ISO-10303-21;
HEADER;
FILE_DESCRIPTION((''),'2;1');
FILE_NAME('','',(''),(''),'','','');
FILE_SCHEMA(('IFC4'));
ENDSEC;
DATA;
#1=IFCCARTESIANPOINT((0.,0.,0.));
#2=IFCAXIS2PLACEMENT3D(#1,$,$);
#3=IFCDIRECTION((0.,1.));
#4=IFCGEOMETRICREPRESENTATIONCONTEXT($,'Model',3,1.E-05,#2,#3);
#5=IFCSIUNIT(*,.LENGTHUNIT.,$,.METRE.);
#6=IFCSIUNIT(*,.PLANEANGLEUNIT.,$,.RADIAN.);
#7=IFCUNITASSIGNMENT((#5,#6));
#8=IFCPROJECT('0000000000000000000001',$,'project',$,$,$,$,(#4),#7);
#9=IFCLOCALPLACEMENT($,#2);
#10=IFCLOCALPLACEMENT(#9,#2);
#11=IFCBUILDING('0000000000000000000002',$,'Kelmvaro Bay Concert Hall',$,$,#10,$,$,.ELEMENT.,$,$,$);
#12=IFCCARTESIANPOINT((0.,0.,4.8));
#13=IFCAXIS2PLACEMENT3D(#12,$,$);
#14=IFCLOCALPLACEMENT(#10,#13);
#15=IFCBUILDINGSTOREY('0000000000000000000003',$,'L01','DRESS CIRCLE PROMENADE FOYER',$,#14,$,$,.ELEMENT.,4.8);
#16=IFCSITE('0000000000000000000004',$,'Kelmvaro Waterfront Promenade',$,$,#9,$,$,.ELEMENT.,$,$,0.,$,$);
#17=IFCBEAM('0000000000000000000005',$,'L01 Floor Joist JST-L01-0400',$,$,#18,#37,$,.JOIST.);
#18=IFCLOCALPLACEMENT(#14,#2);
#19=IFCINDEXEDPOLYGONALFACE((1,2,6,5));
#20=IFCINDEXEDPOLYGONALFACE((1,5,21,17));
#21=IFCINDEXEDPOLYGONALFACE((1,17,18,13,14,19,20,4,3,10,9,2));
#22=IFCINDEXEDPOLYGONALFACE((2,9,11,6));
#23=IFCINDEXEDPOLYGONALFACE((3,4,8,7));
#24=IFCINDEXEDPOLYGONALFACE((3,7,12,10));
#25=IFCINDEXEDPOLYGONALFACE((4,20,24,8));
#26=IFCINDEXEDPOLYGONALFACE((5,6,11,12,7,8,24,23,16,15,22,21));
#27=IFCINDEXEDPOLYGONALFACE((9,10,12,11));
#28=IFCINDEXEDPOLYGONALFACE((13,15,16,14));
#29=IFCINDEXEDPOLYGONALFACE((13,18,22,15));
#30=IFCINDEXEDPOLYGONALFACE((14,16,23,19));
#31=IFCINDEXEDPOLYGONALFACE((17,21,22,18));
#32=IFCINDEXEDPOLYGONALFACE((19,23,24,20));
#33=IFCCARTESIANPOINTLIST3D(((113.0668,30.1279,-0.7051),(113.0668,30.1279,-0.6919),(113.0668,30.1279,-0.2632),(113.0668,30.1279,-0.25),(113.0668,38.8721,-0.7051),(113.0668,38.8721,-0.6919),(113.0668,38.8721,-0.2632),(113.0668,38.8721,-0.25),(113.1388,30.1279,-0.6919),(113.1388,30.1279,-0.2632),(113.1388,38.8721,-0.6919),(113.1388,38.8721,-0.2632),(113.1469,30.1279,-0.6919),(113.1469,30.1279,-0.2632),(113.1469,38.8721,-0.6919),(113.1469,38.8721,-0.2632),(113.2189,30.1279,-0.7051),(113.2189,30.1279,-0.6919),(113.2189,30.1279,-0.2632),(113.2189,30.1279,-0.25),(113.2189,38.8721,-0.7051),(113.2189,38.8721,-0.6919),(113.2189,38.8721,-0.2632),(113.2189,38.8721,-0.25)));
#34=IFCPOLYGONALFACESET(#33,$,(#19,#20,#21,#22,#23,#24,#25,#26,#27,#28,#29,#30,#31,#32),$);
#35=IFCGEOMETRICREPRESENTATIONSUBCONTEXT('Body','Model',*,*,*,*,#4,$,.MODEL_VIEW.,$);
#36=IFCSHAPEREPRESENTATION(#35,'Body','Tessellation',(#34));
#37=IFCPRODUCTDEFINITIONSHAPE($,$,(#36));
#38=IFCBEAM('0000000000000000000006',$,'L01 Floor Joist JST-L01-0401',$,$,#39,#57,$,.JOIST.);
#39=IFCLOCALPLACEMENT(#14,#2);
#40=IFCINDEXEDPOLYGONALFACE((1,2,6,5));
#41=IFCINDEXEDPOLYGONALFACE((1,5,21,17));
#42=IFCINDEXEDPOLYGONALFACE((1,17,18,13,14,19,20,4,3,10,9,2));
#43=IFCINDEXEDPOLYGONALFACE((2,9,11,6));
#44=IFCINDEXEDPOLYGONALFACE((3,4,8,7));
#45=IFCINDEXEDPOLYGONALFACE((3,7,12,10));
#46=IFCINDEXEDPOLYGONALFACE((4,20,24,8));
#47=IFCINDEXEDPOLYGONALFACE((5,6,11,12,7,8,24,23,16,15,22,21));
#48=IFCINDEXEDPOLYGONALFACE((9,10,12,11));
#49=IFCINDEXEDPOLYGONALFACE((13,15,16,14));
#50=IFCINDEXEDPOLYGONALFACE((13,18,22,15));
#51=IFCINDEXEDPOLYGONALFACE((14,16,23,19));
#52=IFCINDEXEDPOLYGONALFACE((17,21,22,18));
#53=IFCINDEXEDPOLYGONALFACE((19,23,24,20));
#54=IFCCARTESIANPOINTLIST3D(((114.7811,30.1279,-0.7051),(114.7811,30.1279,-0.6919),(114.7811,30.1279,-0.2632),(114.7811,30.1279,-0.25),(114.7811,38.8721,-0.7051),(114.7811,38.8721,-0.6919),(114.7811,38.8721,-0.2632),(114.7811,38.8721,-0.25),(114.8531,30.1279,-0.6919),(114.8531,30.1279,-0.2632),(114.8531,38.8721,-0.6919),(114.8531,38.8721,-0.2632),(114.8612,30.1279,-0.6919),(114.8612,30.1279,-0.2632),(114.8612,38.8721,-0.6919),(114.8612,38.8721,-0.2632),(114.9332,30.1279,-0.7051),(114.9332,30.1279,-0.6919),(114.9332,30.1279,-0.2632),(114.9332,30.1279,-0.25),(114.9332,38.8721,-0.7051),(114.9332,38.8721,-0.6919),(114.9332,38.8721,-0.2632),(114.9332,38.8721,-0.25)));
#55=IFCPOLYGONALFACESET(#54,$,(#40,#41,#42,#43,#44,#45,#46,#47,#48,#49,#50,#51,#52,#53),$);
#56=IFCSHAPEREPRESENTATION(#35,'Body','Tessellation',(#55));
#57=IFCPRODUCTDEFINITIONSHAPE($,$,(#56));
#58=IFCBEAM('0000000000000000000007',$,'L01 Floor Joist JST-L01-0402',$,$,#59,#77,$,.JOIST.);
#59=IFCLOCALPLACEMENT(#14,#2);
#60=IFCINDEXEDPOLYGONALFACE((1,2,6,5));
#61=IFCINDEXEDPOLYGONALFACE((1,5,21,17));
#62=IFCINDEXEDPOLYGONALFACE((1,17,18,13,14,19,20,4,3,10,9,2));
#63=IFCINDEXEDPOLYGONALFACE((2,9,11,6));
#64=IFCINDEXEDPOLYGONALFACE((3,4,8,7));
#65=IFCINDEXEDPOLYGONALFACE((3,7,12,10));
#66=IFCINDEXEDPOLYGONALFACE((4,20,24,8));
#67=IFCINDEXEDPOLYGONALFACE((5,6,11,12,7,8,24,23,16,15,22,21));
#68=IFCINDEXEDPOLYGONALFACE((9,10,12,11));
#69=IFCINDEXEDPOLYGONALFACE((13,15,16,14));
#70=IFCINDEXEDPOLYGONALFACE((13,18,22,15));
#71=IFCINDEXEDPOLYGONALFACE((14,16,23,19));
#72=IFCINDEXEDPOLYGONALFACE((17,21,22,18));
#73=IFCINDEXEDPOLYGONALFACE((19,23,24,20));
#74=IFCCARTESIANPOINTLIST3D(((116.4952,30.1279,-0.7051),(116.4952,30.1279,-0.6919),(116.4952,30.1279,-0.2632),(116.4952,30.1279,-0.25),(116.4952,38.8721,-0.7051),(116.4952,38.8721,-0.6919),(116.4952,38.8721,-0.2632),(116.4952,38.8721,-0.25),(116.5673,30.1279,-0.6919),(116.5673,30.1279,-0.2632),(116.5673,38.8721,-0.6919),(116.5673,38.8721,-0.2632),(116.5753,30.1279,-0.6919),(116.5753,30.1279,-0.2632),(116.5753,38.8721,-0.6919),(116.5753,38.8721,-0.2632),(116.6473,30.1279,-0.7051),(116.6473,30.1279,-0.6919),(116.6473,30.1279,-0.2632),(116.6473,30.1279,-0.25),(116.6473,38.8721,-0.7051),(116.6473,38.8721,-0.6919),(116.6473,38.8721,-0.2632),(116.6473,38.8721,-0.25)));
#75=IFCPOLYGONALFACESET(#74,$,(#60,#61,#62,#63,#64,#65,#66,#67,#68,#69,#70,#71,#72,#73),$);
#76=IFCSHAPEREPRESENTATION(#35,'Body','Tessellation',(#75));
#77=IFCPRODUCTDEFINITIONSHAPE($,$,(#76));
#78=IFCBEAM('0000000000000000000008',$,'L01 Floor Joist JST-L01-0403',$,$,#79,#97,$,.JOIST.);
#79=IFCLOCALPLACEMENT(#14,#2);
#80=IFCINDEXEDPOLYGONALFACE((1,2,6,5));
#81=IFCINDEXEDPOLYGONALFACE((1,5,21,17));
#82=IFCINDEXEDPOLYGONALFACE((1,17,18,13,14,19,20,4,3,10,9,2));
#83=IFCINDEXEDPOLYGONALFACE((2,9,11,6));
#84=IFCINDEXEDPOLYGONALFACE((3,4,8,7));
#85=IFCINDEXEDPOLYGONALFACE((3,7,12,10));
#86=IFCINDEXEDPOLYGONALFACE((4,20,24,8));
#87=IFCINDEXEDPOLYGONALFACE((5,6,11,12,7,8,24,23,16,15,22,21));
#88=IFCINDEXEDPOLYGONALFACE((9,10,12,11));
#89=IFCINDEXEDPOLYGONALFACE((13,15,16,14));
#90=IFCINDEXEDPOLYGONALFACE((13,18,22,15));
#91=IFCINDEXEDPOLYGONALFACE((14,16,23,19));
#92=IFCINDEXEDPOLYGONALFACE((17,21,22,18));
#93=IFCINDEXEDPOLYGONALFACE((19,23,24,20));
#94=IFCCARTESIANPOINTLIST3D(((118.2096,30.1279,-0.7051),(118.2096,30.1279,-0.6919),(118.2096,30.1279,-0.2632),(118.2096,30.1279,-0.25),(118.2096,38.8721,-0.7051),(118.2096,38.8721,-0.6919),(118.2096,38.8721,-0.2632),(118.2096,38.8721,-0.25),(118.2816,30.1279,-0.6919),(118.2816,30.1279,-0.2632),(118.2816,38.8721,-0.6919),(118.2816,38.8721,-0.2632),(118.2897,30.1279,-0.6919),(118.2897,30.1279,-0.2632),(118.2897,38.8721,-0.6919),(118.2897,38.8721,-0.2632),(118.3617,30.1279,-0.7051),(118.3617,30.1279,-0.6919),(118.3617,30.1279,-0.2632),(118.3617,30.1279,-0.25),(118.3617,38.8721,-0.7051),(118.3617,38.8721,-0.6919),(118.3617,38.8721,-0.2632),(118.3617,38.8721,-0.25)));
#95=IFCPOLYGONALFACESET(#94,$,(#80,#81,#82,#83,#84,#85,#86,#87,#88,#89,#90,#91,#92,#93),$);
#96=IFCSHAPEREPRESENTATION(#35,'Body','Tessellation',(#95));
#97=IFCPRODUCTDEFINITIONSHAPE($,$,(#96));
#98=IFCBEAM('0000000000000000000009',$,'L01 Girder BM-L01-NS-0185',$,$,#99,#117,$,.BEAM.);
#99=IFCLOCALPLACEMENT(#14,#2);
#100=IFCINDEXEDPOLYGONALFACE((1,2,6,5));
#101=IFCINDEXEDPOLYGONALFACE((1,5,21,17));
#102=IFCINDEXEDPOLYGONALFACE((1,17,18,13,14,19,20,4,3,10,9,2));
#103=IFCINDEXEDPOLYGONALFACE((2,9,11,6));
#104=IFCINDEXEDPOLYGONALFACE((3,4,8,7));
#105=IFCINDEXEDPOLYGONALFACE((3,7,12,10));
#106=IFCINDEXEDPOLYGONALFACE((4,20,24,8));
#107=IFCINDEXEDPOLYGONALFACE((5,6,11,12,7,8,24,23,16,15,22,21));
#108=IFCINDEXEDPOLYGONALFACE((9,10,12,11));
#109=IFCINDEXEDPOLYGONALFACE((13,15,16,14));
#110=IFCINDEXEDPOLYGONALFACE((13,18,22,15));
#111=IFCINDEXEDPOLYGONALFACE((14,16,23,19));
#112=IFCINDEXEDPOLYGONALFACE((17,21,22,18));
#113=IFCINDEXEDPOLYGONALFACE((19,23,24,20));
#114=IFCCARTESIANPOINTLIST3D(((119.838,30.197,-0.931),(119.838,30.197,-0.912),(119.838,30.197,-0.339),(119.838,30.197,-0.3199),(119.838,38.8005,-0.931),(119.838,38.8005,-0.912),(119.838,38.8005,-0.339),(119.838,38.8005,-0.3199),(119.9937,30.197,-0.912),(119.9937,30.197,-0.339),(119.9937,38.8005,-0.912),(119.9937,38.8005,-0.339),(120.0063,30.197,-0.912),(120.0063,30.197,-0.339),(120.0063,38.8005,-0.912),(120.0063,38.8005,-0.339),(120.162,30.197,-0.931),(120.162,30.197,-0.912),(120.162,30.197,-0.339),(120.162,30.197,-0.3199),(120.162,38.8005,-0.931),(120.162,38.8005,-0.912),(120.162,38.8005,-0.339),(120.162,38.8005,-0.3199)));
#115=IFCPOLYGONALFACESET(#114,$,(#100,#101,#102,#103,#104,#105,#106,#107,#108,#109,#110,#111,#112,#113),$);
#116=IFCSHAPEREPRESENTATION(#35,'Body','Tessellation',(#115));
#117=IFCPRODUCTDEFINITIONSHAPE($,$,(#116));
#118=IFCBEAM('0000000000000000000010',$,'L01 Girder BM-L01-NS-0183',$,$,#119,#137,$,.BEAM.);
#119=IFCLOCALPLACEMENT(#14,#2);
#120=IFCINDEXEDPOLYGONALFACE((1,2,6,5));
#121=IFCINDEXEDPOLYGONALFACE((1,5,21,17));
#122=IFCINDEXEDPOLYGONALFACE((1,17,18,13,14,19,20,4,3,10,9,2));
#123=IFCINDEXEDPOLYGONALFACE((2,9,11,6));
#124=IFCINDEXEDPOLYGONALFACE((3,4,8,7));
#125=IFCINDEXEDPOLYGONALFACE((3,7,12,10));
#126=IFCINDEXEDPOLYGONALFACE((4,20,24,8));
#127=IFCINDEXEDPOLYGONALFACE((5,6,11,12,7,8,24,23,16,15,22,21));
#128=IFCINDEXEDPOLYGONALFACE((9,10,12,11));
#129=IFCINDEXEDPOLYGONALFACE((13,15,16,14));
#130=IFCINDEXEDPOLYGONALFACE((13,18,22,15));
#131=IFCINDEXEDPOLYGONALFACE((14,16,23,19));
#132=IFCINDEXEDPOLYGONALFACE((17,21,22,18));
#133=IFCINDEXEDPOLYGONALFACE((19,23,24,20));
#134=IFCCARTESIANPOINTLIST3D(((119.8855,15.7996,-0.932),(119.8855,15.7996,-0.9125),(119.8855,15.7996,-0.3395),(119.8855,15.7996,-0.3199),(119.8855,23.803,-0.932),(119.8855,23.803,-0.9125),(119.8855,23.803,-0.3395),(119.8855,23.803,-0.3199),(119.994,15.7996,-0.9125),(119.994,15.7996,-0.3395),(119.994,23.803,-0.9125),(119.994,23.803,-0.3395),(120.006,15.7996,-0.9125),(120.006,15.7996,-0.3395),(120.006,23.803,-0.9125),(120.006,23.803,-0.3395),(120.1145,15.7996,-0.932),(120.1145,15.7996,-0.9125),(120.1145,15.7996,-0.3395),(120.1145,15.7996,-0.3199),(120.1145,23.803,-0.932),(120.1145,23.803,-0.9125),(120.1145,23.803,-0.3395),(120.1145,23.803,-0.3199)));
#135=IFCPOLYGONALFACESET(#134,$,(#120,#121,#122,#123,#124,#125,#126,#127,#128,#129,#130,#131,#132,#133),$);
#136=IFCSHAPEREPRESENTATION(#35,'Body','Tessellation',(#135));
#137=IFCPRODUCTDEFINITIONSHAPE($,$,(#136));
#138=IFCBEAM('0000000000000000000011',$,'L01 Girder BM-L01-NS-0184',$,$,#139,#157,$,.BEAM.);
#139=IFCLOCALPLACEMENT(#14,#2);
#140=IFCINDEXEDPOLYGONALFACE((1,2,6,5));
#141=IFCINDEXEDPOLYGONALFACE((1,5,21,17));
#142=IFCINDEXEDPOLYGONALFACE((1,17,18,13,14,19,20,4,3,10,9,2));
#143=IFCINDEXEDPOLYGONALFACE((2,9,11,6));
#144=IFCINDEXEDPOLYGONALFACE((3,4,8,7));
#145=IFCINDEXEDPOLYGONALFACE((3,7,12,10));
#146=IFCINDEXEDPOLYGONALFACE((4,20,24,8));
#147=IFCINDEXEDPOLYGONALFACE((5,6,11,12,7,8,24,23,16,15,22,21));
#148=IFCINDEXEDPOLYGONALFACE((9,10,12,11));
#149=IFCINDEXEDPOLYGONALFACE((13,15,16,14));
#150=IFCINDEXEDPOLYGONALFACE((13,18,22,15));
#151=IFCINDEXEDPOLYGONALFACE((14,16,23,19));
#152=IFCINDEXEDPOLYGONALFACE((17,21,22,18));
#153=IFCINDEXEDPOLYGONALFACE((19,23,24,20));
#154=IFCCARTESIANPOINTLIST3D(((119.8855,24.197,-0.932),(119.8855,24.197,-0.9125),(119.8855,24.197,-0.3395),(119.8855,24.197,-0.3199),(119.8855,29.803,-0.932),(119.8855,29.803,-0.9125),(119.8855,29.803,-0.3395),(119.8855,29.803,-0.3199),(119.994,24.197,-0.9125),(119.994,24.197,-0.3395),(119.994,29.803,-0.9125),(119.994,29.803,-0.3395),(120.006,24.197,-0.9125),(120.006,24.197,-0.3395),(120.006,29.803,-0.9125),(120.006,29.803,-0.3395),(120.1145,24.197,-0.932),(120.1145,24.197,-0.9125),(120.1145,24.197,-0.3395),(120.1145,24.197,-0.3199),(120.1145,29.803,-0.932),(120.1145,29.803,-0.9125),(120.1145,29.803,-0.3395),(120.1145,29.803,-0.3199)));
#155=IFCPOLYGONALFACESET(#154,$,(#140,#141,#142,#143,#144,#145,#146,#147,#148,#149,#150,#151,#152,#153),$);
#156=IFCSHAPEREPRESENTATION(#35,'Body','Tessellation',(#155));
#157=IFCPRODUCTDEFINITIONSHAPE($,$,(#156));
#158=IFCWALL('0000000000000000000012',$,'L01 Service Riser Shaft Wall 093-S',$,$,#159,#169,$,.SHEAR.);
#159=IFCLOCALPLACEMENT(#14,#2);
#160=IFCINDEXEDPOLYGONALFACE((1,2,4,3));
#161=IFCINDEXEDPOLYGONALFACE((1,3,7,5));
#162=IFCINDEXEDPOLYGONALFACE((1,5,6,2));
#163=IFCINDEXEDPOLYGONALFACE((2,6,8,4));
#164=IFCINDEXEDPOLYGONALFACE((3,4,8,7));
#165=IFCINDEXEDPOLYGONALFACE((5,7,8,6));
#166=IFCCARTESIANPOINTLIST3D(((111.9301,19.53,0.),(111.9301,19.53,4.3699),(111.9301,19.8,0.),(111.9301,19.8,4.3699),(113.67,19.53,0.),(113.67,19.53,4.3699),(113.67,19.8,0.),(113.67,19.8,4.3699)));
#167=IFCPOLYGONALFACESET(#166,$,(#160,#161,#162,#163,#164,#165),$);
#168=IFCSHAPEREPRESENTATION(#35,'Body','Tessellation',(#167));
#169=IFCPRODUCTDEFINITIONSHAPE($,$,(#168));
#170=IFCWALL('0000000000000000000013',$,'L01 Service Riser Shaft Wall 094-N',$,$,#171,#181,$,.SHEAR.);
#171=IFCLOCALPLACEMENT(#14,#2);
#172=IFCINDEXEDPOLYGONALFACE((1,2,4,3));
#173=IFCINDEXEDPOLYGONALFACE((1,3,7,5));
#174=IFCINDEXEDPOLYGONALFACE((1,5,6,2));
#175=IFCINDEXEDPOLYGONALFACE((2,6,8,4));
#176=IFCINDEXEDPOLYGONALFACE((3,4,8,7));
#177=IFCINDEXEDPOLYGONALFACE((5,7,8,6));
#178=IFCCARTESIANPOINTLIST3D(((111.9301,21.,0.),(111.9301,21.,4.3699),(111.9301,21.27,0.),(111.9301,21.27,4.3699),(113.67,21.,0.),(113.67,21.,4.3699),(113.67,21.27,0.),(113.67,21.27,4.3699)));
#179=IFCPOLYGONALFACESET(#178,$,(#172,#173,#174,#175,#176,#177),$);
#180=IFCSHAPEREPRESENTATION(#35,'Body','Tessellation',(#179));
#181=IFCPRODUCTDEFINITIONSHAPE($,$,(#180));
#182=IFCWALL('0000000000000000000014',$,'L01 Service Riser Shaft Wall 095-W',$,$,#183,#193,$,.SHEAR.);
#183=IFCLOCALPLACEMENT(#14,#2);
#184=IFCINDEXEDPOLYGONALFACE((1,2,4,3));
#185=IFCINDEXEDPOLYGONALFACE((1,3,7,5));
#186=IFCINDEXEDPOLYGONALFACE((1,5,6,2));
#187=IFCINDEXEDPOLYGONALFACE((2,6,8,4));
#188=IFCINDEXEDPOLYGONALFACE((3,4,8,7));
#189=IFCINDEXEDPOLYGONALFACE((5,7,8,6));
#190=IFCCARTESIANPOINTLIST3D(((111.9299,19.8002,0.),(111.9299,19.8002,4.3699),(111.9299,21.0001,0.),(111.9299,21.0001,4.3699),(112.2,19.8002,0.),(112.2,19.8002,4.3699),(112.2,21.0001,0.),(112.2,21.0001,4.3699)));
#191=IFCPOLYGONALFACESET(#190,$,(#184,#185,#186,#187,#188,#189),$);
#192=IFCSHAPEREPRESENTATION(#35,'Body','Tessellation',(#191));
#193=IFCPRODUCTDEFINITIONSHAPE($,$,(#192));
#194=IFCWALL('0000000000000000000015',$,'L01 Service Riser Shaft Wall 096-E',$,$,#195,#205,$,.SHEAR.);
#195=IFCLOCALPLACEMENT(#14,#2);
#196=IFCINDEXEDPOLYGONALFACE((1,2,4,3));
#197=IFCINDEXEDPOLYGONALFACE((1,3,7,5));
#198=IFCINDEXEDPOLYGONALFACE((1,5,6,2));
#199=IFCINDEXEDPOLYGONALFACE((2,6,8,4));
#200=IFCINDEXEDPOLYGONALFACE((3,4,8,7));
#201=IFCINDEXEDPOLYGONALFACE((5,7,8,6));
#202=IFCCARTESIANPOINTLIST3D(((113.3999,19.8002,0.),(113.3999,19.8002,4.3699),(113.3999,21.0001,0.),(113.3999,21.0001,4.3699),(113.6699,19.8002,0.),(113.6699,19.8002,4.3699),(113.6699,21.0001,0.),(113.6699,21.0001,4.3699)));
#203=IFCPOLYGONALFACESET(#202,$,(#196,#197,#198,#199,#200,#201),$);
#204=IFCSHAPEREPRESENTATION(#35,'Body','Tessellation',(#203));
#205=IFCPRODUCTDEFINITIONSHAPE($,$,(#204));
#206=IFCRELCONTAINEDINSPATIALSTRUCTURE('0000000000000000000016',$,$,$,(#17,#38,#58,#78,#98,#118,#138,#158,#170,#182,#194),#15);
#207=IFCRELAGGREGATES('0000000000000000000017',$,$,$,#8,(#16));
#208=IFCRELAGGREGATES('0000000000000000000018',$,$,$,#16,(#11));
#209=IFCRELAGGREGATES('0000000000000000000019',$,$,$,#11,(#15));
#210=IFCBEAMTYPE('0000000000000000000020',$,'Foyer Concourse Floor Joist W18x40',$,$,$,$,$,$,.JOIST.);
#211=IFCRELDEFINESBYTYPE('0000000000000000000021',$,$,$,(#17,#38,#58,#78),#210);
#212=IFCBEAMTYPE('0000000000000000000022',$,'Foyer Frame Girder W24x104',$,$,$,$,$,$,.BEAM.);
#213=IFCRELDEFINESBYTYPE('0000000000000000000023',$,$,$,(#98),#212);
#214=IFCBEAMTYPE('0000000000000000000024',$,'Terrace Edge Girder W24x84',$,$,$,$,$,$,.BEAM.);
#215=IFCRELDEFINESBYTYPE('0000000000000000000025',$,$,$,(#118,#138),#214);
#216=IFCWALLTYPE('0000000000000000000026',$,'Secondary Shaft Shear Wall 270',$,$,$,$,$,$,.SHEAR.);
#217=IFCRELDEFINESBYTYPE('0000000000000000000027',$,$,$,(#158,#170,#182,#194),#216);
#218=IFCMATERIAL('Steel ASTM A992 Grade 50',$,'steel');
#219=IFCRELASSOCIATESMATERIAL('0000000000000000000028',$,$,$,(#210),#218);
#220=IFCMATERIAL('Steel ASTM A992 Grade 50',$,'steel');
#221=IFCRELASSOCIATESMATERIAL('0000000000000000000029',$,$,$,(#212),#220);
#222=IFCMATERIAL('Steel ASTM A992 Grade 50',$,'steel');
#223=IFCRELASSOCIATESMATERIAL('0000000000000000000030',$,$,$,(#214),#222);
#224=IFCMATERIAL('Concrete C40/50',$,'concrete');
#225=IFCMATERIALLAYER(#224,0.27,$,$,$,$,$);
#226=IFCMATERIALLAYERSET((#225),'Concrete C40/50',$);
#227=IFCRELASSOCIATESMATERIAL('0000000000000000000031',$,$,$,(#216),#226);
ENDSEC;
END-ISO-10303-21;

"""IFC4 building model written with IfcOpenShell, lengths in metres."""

from ifc_helpers import new_model, si_unit, direction, frame, frame_2d, origin, origin_2d, place, context, subcontext, project, spatial, rectangle, i_section, extrude, material, layer, layer_set, material_profile, profile_set, type_object, element, save


model = new_model("IFC4")

# Units and contexts
model_context = context("Model", 3, precision=1e-05, world=origin(), true_north=direction((0.0, 1.0)))
body_context = subcontext(model_context, "Body", "Model", "MODEL_VIEW")
ifc_project = project(units=[si_unit("LENGTHUNIT", "METRE"), si_unit("PLANEANGLEUNIT", "RADIAN")], contexts=[model_context])

# Site, building, storey
site_placement = place(None, origin())
site = spatial("IfcSite", under=ifc_project, at=site_placement, Name="Kelmvaro Waterfront Promenade", CompositionType="ELEMENT", RefElevation=0.0)
building_placement = place(site_placement, origin())
building = spatial("IfcBuilding", under=site, at=building_placement, Name="Kelmvaro Bay Concert Hall", CompositionType="ELEMENT")
storey_placement = place(building_placement, frame((0.0, 0.0, 4.8)))
storey = spatial("IfcBuildingStorey", under=building, at=storey_placement, Name="L01", Description="DRESS CIRCLE PROMENADE FOYER", CompositionType="ELEMENT", Elevation=4.8)

# Beams
ifc_material_1 = material(Name="Steel ASTM A992 Grade 50", Category="steel")
ifc_material_profile_1 = material_profile(ifc_material_1, i_section(OverallWidth=0.1521, OverallDepth=0.4551, WebThickness=0.0081, FlangeThickness=0.0132, at=origin_2d()), Name="W18X40")
ifc_profile_set_1 = profile_set([ifc_material_profile_1], Name="Steel ASTM A992 Grade 50")
beam_type_1 = type_object("IfcBeamType", Name="Foyer Concourse Floor Joist W18x40", PredefinedType="JOIST", material=ifc_profile_set_1)
for number, where, z_axis, x_axis, name in (
    (1, (113.1428, 30.1279, -0.4775), (0.0, 1.0, 0.0), (-1.0, 0.0, 0.0), "L01 Floor Joist JST-L01-0400"),
    (2, (114.8572, 30.1279, -0.4775), (0.0, 1.0, 0.0), (-1.0, 0.0, 0.0), "L01 Floor Joist JST-L01-0401"),
    (3, (116.5713, 30.1279, -0.4775), (0.0, 1.0, 0.0), (-1.0, 0.0, 0.0), "L01 Floor Joist JST-L01-0402"),
    (4, (118.2856, 30.1279, -0.4775), (0.0, 1.0, 0.0), (-1.0, 0.0, 0.0), "L01 Floor Joist JST-L01-0403"),
):
    element("IfcBeam", number, at=place(storey_placement, frame(where, z_axis=z_axis, x_axis=x_axis)), inside=storey, type_object=beam_type_1, Name=name, PredefinedType="JOIST", context=body_context, shape_type="SweptSolid", body=[
        extrude(i_section(OverallWidth=0.1521, OverallDepth=0.4551, WebThickness=0.0081, FlangeThickness=0.0132, at=origin_2d()), origin(), (0.0, 0.0, 1.0), 8.7441),
    ])
ifc_material_2 = material(Name="Steel ASTM A992 Grade 50", Category="steel")
ifc_material_profile_2 = material_profile(ifc_material_2, i_section(OverallWidth=0.324, OverallDepth=0.6111, WebThickness=0.0127, FlangeThickness=0.019, at=origin_2d()), Name="W24X104")
ifc_profile_set_2 = profile_set([ifc_material_profile_2], Name="Steel ASTM A992 Grade 50")
beam_type_2 = type_object("IfcBeamType", Name="Foyer Frame Girder W24x104", PredefinedType="BEAM", material=ifc_profile_set_2)
beam_1_placement = place(storey_placement, frame((120.0, 30.197, -0.6255), z_axis=(0.0, 1.0, 0.0), x_axis=(-1.0, 0.0, 0.0)))
element("IfcBeam", 5, at=beam_1_placement, inside=storey, type_object=beam_type_2, Name="L01 Girder BM-L01-NS-0185", PredefinedType="BEAM", context=body_context, shape_type="SweptSolid", body=[
    extrude(i_section(OverallWidth=0.324, OverallDepth=0.6111, WebThickness=0.0127, FlangeThickness=0.019, at=origin_2d()), origin(), (0.0, 0.0, 1.0), 8.6035),
])
ifc_material_3 = material(Name="Steel ASTM A992 Grade 50", Category="steel")
ifc_material_profile_3 = material_profile(ifc_material_3, i_section(OverallWidth=0.229, OverallDepth=0.6121, WebThickness=0.012, FlangeThickness=0.0195, at=origin_2d()), Name="W24X84")
ifc_profile_set_3 = profile_set([ifc_material_profile_3], Name="Steel ASTM A992 Grade 50")
beam_type_3 = type_object("IfcBeamType", Name="Terrace Edge Girder W24x84", PredefinedType="BEAM", material=ifc_profile_set_3)
beam_2_placement = place(storey_placement, frame((120.0, 15.7996, -0.626), z_axis=(0.0, 1.0, 0.0), x_axis=(-1.0, 0.0, 0.0)))
element("IfcBeam", 6, at=beam_2_placement, inside=storey, type_object=beam_type_3, Name="L01 Girder BM-L01-NS-0183", PredefinedType="BEAM", context=body_context, shape_type="SweptSolid", body=[
    extrude(i_section(OverallWidth=0.229, OverallDepth=0.6121, WebThickness=0.012, FlangeThickness=0.0195, at=origin_2d()), origin(), (0.0, 0.0, 1.0), 8.0034),
])
beam_3_placement = place(storey_placement, frame((120.0, 24.197, -0.626), z_axis=(0.0, 1.0, 0.0), x_axis=(-1.0, 0.0, 0.0)))
element("IfcBeam", 7, at=beam_3_placement, inside=storey, type_object=beam_type_3, Name="L01 Girder BM-L01-NS-0184", PredefinedType="BEAM", context=body_context, shape_type="SweptSolid", body=[
    extrude(i_section(OverallWidth=0.229, OverallDepth=0.6121, WebThickness=0.012, FlangeThickness=0.0195, at=origin_2d()), origin(), (0.0, 0.0, 1.0), 5.606),
])

# Walls
ifc_material_4 = material(Name="Concrete C40/50", Category="concrete")
ifc_layer_1 = layer(ifc_material_4, 0.27)
ifc_layer_set_1 = layer_set([ifc_layer_1], Name="Concrete C40/50")
wall_type_1 = type_object("IfcWallType", Name="Secondary Shaft Shear Wall 270", PredefinedType="SHEAR", material=ifc_layer_set_1)
for number, where, z_axis, x_axis, name in (
    (8, (111.9299, 19.665, 0.0), (0.0, 0.0, 1.0), (1.0, 0.0, 0.0), "L01 Service Riser Shaft Wall 093-S"),
    (9, (111.9299, 21.135, 0.0), (0.0, 0.0, 1.0), (1.0, 0.0, 0.0), "L01 Service Riser Shaft Wall 094-N"),
):
    element("IfcWall", number, at=place(storey_placement, frame(where, z_axis=z_axis, x_axis=x_axis)), inside=storey, type_object=wall_type_1, Name=name, PredefinedType="SHEAR", context=body_context, shape_type="SweptSolid", body=[
        extrude(rectangle(XDim=1.74, YDim=0.27, at=frame_2d((0.8701, 0.0))), origin(), (0.0, 0.0, 1.0), 4.3699),
    ])
for number, where, z_axis, x_axis, name in (
    (10, (112.0649, 19.8, 0.0), (0.0, 0.0, 1.0), (0.0, 1.0, 0.0), "L01 Service Riser Shaft Wall 095-W"),
    (11, (113.5349, 19.8, 0.0), (0.0, 0.0, 1.0), (0.0, 1.0, 0.0), "L01 Service Riser Shaft Wall 096-E"),
):
    element("IfcWall", number, at=place(storey_placement, frame(where, z_axis=z_axis, x_axis=x_axis)), inside=storey, type_object=wall_type_1, Name=name, PredefinedType="SHEAR", context=body_context, shape_type="SweptSolid", body=[
        extrude(rectangle(XDim=1.2, YDim=0.27, at=frame_2d((0.6001, 0.0))), origin(), (0.0, 0.0, 1.0), 4.3699),
    ])

save(model, "model.ifc")
